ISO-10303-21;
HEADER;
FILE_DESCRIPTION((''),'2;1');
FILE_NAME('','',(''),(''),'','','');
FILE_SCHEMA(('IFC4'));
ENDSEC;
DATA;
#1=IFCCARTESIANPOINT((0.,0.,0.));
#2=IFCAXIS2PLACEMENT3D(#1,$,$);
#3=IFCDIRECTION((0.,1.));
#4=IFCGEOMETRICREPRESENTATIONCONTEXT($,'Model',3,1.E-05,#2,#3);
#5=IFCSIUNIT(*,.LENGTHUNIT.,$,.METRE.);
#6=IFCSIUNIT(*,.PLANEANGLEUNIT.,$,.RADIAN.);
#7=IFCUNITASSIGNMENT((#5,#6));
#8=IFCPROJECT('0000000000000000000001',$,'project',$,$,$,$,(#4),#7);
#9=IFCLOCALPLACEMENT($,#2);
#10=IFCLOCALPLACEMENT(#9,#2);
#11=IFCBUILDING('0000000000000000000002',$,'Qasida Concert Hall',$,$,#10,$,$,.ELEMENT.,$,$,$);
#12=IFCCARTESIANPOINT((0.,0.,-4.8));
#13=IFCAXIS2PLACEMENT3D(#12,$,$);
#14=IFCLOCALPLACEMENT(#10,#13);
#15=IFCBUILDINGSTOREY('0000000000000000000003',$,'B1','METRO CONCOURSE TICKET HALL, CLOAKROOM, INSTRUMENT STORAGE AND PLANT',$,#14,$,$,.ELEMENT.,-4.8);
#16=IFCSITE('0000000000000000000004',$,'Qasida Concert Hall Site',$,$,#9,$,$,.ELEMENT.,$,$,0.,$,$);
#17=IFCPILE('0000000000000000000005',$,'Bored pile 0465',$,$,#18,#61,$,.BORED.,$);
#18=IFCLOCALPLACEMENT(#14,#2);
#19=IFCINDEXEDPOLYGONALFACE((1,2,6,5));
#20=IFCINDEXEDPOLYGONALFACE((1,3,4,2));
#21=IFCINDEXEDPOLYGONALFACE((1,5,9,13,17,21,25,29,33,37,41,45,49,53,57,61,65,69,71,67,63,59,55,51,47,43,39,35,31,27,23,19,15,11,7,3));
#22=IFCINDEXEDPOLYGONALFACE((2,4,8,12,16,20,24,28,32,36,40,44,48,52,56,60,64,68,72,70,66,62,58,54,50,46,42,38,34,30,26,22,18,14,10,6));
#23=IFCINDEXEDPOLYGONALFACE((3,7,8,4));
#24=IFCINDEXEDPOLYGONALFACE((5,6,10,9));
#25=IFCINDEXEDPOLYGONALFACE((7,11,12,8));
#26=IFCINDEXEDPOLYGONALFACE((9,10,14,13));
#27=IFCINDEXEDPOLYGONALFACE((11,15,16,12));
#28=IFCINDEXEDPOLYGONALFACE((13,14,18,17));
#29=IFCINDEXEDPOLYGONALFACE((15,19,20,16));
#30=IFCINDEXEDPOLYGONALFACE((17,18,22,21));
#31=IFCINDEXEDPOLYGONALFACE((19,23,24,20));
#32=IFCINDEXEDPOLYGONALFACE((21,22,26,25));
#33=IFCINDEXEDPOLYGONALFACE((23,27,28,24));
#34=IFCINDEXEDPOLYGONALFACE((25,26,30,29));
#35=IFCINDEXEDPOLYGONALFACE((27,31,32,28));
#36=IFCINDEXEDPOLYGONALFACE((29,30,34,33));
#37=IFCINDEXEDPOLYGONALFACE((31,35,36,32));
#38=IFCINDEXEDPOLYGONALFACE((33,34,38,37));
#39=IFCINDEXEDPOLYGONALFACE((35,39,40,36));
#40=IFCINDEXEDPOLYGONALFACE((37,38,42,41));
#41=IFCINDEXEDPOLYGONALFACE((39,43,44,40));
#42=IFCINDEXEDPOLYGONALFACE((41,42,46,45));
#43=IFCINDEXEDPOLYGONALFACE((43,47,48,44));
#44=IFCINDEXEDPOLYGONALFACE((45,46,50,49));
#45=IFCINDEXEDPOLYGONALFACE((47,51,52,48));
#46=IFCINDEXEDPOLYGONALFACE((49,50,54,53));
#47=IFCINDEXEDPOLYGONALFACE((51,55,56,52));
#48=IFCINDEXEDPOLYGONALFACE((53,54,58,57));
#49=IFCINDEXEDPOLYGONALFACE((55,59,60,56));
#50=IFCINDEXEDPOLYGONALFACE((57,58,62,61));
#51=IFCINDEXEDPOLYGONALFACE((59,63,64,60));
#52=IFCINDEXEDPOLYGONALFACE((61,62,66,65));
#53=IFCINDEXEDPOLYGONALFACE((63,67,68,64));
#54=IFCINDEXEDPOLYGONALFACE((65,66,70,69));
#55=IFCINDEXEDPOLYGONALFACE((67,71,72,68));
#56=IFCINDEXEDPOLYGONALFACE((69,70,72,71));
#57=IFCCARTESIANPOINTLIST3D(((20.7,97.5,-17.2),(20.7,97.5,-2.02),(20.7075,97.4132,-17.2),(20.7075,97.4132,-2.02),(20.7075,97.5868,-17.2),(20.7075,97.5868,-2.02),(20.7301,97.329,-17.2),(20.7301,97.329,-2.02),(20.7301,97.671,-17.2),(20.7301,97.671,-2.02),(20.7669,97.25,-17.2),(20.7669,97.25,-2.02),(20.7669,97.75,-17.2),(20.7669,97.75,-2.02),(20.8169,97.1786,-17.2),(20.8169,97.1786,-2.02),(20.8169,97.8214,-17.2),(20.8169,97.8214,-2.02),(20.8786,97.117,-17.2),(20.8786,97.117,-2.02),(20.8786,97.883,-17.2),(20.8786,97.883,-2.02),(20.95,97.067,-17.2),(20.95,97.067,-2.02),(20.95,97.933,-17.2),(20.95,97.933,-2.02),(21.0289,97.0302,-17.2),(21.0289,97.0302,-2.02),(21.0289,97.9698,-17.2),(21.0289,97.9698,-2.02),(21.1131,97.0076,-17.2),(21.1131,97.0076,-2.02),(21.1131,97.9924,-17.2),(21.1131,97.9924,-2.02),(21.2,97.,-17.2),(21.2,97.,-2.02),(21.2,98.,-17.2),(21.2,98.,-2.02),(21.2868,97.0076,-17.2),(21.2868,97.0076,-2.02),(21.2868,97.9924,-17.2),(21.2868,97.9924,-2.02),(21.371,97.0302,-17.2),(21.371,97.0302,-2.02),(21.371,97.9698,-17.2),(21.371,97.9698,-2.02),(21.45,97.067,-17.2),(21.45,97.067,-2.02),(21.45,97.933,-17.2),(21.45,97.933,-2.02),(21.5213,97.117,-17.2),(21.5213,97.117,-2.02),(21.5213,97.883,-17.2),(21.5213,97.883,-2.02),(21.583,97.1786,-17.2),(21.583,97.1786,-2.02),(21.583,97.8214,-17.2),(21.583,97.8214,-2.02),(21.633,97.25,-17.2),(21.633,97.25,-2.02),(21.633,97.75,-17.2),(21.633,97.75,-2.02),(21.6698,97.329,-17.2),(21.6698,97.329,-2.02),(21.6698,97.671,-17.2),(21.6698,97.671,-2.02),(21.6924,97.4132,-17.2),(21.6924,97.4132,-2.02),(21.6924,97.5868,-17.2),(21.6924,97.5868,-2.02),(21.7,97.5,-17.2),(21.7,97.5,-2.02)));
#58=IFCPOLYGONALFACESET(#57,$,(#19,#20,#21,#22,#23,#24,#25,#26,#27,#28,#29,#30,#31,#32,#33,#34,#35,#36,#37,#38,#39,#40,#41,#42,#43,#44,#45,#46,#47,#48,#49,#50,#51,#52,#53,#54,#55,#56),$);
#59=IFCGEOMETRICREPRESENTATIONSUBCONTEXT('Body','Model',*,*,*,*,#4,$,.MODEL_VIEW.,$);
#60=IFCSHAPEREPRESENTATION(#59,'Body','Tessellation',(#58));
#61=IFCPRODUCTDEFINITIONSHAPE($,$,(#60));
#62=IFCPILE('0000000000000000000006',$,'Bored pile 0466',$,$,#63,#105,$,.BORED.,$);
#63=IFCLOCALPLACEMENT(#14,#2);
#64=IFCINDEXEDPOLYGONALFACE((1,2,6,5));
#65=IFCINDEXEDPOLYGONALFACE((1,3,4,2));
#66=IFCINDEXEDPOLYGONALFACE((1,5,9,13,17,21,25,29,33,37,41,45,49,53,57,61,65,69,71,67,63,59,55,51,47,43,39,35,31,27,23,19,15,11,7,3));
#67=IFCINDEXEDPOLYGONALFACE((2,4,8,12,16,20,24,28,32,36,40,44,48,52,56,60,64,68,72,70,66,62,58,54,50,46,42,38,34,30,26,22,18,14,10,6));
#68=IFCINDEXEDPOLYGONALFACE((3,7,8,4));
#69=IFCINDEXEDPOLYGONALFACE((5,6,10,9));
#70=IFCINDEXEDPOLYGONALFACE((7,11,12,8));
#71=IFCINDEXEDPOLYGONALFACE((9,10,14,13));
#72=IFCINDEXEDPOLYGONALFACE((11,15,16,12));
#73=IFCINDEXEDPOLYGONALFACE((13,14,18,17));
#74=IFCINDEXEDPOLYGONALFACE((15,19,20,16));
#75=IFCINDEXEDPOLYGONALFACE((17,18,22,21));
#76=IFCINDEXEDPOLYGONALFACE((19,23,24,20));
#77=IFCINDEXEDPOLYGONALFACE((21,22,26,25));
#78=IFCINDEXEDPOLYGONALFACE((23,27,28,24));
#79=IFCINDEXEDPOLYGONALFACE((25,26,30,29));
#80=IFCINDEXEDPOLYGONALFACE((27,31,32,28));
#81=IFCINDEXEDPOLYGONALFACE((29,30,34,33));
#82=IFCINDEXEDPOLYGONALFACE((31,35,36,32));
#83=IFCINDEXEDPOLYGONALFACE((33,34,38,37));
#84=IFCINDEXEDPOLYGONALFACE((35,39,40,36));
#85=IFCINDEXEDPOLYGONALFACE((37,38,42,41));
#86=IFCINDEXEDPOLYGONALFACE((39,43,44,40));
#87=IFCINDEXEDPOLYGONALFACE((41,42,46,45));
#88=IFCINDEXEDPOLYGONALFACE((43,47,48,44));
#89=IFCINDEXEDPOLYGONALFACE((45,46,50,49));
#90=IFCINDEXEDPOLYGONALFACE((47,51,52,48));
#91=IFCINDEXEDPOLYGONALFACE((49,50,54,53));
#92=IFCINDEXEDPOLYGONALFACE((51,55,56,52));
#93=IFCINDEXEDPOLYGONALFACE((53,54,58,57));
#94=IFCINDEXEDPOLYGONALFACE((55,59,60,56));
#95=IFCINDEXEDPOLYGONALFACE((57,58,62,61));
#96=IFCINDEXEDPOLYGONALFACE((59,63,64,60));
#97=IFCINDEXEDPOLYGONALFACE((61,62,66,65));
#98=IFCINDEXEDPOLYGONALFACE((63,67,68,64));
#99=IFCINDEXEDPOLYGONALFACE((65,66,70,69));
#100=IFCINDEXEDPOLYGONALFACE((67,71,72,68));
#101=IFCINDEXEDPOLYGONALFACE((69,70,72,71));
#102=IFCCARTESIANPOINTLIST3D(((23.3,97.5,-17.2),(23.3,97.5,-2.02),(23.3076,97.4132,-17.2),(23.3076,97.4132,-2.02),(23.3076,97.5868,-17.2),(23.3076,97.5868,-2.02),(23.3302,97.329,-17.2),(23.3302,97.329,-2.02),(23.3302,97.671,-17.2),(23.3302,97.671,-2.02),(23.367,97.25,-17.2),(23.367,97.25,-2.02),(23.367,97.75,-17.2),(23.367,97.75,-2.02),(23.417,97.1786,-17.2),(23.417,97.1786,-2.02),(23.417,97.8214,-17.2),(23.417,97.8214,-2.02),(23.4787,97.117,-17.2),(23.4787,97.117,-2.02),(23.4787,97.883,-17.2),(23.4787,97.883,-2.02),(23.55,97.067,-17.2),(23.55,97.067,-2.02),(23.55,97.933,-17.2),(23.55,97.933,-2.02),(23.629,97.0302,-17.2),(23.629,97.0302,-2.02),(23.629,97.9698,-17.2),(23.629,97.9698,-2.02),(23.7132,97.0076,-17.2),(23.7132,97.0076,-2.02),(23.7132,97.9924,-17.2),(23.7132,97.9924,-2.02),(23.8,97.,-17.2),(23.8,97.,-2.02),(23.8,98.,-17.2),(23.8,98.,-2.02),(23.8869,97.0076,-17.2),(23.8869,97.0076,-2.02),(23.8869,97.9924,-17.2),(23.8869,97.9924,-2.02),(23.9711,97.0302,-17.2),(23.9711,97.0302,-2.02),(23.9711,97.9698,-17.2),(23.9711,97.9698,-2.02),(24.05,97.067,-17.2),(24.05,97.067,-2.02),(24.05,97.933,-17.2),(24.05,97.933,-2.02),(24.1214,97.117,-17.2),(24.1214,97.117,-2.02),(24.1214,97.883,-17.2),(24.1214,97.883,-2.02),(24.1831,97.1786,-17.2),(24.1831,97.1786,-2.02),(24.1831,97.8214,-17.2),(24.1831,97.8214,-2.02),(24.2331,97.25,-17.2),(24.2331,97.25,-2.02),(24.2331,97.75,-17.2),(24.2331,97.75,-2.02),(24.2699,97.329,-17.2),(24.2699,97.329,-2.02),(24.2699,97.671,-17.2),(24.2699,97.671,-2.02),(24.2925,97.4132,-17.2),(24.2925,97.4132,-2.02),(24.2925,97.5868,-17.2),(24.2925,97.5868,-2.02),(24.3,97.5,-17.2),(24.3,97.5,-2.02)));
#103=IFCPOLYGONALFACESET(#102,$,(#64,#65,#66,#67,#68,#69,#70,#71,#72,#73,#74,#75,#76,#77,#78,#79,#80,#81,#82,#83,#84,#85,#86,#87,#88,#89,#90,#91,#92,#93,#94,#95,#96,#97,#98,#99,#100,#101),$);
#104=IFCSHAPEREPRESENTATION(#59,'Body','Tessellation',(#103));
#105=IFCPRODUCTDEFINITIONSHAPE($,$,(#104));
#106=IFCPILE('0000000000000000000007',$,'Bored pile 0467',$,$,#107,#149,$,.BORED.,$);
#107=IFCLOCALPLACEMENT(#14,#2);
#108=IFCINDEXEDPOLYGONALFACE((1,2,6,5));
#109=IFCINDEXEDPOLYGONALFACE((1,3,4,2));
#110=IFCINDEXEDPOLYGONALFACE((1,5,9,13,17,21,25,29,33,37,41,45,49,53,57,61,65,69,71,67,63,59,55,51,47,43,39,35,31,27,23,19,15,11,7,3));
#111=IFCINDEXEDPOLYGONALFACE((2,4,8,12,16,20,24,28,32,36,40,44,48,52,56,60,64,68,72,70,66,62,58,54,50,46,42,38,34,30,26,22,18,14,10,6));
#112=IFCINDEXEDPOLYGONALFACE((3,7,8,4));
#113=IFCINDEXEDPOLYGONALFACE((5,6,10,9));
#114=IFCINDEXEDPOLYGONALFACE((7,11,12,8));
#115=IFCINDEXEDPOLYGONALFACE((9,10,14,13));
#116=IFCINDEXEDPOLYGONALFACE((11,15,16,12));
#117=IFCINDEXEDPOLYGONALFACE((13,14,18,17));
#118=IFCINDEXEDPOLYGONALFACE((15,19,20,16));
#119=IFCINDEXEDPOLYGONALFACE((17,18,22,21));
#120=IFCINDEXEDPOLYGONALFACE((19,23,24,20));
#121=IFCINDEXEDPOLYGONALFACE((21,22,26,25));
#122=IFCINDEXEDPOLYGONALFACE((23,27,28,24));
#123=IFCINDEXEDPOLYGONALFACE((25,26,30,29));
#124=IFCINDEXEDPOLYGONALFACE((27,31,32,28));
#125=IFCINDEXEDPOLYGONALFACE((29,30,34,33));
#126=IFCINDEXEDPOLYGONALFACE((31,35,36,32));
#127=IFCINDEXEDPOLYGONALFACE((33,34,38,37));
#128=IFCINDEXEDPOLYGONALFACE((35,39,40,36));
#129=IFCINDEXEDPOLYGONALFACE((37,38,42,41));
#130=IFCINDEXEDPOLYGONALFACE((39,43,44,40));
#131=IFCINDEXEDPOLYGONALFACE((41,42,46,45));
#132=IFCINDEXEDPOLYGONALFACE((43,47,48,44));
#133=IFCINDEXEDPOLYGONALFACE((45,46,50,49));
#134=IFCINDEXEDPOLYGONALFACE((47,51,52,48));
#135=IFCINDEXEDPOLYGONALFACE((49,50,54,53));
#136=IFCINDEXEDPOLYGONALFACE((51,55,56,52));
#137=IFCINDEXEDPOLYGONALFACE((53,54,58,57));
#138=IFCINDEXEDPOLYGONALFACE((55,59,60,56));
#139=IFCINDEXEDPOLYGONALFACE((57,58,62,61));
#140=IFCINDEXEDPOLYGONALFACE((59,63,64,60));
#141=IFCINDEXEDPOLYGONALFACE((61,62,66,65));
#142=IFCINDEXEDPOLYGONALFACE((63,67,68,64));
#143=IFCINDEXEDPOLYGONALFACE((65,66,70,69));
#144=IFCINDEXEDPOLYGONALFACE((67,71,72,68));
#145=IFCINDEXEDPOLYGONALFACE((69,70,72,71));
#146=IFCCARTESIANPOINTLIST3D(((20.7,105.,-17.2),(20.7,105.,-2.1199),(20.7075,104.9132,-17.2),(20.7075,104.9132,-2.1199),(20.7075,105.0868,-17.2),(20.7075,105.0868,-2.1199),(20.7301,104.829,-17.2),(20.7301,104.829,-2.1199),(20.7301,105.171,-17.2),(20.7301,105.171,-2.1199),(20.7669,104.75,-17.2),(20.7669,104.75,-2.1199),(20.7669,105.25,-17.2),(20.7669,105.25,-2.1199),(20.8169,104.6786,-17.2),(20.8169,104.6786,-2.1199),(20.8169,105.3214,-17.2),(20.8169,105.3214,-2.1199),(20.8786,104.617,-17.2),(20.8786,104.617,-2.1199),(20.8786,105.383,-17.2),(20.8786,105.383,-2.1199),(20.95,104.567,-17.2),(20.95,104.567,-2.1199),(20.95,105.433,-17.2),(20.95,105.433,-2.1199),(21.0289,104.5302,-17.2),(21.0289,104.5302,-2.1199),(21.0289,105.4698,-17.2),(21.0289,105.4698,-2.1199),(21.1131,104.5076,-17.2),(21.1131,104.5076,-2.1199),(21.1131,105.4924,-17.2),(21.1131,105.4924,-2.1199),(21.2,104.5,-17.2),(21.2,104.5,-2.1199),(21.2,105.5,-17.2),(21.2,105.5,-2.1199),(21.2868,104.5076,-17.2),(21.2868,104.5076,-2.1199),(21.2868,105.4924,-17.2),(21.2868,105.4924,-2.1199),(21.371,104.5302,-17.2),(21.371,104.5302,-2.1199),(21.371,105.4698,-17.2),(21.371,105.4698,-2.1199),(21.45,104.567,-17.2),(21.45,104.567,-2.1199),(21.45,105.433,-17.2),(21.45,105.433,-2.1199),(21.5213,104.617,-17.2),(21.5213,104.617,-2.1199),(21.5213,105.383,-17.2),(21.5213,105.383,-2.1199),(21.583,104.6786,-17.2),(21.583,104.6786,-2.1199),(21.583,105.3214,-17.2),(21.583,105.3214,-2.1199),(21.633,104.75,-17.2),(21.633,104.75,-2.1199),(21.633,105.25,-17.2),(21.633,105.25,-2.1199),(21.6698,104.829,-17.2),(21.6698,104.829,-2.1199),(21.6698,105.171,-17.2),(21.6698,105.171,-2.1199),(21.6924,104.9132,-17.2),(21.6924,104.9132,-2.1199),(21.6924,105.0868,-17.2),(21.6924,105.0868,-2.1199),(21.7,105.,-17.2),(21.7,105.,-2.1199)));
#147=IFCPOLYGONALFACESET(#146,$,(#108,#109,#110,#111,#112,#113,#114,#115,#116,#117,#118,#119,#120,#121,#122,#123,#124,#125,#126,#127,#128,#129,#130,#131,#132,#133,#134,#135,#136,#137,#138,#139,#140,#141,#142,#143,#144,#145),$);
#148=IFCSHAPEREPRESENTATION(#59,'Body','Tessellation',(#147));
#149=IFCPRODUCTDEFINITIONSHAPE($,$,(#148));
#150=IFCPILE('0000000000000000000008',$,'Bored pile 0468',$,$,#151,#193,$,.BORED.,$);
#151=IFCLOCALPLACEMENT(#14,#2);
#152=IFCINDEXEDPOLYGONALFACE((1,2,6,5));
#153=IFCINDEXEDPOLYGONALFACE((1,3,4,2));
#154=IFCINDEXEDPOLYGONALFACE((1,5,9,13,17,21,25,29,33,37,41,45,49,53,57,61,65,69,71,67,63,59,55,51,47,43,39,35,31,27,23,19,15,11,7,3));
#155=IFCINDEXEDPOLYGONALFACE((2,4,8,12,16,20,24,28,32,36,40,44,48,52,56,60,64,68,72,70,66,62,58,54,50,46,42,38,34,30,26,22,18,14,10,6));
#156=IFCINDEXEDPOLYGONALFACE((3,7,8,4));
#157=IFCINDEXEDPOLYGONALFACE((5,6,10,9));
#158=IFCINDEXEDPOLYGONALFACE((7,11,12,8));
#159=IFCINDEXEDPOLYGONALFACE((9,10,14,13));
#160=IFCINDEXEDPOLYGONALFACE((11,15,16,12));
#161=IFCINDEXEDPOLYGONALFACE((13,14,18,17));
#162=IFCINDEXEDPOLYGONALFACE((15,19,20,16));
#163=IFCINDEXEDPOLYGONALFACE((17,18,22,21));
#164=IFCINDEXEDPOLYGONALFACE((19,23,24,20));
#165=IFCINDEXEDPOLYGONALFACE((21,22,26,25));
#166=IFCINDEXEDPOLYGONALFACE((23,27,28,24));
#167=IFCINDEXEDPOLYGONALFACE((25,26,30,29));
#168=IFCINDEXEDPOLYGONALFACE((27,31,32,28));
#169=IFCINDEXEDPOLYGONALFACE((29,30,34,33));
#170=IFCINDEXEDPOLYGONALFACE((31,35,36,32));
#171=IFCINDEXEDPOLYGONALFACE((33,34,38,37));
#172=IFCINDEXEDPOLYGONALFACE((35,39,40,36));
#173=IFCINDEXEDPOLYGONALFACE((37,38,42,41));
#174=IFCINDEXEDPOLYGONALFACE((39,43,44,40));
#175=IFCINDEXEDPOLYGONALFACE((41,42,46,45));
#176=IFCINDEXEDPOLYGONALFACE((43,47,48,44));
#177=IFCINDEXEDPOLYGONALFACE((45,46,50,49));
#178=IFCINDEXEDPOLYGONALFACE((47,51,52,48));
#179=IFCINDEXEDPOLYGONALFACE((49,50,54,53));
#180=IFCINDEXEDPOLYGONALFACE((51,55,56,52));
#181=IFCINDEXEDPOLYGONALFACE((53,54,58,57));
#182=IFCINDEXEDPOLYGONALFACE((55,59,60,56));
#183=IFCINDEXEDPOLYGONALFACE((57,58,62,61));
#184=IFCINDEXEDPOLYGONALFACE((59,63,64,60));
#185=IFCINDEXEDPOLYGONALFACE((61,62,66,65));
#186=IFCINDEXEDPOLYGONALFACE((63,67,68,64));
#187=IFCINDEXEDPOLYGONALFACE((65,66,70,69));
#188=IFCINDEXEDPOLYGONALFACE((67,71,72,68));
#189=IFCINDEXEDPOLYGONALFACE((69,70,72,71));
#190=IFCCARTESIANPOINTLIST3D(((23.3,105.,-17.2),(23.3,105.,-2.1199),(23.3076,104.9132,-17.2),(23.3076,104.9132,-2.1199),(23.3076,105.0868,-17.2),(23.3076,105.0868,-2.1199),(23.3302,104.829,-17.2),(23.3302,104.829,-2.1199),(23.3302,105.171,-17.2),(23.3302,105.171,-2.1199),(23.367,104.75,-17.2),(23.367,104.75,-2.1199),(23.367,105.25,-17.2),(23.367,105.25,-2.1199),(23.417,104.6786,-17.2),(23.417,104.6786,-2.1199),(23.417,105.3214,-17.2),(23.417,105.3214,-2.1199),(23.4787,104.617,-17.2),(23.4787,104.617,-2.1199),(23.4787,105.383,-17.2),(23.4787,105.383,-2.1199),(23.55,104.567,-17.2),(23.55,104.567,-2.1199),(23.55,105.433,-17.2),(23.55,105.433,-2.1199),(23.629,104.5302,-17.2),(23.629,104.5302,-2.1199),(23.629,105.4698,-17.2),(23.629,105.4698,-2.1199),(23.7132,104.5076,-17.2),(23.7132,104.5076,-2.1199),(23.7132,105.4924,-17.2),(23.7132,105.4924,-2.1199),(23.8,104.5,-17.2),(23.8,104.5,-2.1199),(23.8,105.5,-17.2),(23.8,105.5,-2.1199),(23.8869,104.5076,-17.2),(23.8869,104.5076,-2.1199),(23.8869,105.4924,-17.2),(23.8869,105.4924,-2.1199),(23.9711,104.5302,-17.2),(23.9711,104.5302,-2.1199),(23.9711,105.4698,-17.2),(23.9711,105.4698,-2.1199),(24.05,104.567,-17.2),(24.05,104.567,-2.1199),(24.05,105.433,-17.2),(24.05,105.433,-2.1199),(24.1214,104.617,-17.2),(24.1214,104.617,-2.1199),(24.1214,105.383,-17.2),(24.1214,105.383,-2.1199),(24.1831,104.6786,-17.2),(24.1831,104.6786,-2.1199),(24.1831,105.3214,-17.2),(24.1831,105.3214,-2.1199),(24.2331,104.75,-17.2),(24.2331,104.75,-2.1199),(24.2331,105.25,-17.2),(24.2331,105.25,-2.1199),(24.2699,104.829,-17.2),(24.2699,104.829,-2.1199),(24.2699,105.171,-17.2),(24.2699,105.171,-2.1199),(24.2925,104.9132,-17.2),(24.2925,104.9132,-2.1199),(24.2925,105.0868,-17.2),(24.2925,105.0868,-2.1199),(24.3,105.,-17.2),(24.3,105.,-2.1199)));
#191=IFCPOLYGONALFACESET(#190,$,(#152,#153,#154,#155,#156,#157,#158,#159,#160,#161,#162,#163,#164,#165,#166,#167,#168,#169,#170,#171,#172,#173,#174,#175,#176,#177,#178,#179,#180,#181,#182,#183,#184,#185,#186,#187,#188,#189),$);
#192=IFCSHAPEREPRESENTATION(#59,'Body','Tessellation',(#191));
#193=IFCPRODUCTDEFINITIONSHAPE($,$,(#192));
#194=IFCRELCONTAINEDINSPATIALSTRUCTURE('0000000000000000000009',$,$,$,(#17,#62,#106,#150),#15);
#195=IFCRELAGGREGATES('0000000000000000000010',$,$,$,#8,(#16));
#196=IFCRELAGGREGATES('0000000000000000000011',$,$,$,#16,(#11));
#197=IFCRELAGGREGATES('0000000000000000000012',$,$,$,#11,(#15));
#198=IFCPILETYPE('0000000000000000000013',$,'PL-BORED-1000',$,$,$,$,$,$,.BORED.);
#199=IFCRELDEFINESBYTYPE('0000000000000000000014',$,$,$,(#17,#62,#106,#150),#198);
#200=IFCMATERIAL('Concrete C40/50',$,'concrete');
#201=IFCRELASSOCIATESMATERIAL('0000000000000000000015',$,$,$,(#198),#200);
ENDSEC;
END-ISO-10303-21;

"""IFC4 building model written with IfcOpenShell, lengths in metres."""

from ifc_helpers import new_model, si_unit, direction, frame, origin, origin_2d, place, context, subcontext, project, spatial, circle, extrude, material, material_profile, profile_set, type_object, element, save


model = new_model("IFC4")

# Units and contexts
model_context = context("Model", 3, precision=1e-05, world=origin(), true_north=direction((0.0, 1.0)))
body_context = subcontext(model_context, "Body", "Model", "MODEL_VIEW")
ifc_project = project(units=[si_unit("LENGTHUNIT", "METRE"), si_unit("PLANEANGLEUNIT", "RADIAN")], contexts=[model_context])

# Site, building, storey
site_placement = place(None, origin())
site = spatial("IfcSite", under=ifc_project, at=site_placement, Name="Qasida Concert Hall Site", CompositionType="ELEMENT", RefElevation=0.0)
building_placement = place(site_placement, origin())
building = spatial("IfcBuilding", under=site, at=building_placement, Name="Qasida Concert Hall", CompositionType="ELEMENT")
storey_placement = place(building_placement, frame((0.0, 0.0, -4.8)))
storey = spatial("IfcBuildingStorey", under=building, at=storey_placement, Name="B1", Description="METRO CONCOURSE TICKET HALL, CLOAKROOM, INSTRUMENT STORAGE AND PLANT", CompositionType="ELEMENT", Elevation=-4.8)

# Shared definitions
ifc_material_1 = material(Name="Concrete C40/50", Category="concrete")

# Piles
ifc_material_profile_1 = material_profile(ifc_material_1, circle(Radius=0.5, at=origin_2d()), Name="BORED PILE D1000")
ifc_profile_set_1 = profile_set([ifc_material_profile_1], Name="Concrete C40/50")
pile_type = type_object("IfcPileType", Name="PL-BORED-1000", PredefinedType="BORED", material=ifc_profile_set_1)
for number, where, z_axis, x_axis, name in (
    (1, (21.2, 97.5, -2.02), (0.0, 0.0, -1.0), (1.0, 0.0, 0.0), "Bored pile 0465"),
    (2, (23.8, 97.5, -2.02), (0.0, 0.0, -1.0), (1.0, 0.0, 0.0), "Bored pile 0466"),
):
    element("IfcPile", number, at=place(storey_placement, frame(where, z_axis=z_axis, x_axis=x_axis)), inside=storey, type_object=pile_type, Name=name, PredefinedType="BORED", context=body_context, shape_type="SweptSolid", body=[
        extrude(circle(Radius=0.5, at=origin_2d()), origin(), (0.0, 0.0, 1.0), 15.1799),
    ])
for number, where, z_axis, x_axis, name in (
    (3, (21.2, 105.0, -2.1199), (0.0, 0.0, -1.0), (1.0, 0.0, 0.0), "Bored pile 0467"),
    (4, (23.8, 105.0, -2.1199), (0.0, 0.0, -1.0), (1.0, 0.0, 0.0), "Bored pile 0468"),
):
    element("IfcPile", number, at=place(storey_placement, frame(where, z_axis=z_axis, x_axis=x_axis)), inside=storey, type_object=pile_type, Name=name, PredefinedType="BORED", context=body_context, shape_type="SweptSolid", body=[
        extrude(circle(Radius=0.5, at=origin_2d()), origin(), (0.0, 0.0, 1.0), 15.0801),
    ])

save(model, "model.ifc")
